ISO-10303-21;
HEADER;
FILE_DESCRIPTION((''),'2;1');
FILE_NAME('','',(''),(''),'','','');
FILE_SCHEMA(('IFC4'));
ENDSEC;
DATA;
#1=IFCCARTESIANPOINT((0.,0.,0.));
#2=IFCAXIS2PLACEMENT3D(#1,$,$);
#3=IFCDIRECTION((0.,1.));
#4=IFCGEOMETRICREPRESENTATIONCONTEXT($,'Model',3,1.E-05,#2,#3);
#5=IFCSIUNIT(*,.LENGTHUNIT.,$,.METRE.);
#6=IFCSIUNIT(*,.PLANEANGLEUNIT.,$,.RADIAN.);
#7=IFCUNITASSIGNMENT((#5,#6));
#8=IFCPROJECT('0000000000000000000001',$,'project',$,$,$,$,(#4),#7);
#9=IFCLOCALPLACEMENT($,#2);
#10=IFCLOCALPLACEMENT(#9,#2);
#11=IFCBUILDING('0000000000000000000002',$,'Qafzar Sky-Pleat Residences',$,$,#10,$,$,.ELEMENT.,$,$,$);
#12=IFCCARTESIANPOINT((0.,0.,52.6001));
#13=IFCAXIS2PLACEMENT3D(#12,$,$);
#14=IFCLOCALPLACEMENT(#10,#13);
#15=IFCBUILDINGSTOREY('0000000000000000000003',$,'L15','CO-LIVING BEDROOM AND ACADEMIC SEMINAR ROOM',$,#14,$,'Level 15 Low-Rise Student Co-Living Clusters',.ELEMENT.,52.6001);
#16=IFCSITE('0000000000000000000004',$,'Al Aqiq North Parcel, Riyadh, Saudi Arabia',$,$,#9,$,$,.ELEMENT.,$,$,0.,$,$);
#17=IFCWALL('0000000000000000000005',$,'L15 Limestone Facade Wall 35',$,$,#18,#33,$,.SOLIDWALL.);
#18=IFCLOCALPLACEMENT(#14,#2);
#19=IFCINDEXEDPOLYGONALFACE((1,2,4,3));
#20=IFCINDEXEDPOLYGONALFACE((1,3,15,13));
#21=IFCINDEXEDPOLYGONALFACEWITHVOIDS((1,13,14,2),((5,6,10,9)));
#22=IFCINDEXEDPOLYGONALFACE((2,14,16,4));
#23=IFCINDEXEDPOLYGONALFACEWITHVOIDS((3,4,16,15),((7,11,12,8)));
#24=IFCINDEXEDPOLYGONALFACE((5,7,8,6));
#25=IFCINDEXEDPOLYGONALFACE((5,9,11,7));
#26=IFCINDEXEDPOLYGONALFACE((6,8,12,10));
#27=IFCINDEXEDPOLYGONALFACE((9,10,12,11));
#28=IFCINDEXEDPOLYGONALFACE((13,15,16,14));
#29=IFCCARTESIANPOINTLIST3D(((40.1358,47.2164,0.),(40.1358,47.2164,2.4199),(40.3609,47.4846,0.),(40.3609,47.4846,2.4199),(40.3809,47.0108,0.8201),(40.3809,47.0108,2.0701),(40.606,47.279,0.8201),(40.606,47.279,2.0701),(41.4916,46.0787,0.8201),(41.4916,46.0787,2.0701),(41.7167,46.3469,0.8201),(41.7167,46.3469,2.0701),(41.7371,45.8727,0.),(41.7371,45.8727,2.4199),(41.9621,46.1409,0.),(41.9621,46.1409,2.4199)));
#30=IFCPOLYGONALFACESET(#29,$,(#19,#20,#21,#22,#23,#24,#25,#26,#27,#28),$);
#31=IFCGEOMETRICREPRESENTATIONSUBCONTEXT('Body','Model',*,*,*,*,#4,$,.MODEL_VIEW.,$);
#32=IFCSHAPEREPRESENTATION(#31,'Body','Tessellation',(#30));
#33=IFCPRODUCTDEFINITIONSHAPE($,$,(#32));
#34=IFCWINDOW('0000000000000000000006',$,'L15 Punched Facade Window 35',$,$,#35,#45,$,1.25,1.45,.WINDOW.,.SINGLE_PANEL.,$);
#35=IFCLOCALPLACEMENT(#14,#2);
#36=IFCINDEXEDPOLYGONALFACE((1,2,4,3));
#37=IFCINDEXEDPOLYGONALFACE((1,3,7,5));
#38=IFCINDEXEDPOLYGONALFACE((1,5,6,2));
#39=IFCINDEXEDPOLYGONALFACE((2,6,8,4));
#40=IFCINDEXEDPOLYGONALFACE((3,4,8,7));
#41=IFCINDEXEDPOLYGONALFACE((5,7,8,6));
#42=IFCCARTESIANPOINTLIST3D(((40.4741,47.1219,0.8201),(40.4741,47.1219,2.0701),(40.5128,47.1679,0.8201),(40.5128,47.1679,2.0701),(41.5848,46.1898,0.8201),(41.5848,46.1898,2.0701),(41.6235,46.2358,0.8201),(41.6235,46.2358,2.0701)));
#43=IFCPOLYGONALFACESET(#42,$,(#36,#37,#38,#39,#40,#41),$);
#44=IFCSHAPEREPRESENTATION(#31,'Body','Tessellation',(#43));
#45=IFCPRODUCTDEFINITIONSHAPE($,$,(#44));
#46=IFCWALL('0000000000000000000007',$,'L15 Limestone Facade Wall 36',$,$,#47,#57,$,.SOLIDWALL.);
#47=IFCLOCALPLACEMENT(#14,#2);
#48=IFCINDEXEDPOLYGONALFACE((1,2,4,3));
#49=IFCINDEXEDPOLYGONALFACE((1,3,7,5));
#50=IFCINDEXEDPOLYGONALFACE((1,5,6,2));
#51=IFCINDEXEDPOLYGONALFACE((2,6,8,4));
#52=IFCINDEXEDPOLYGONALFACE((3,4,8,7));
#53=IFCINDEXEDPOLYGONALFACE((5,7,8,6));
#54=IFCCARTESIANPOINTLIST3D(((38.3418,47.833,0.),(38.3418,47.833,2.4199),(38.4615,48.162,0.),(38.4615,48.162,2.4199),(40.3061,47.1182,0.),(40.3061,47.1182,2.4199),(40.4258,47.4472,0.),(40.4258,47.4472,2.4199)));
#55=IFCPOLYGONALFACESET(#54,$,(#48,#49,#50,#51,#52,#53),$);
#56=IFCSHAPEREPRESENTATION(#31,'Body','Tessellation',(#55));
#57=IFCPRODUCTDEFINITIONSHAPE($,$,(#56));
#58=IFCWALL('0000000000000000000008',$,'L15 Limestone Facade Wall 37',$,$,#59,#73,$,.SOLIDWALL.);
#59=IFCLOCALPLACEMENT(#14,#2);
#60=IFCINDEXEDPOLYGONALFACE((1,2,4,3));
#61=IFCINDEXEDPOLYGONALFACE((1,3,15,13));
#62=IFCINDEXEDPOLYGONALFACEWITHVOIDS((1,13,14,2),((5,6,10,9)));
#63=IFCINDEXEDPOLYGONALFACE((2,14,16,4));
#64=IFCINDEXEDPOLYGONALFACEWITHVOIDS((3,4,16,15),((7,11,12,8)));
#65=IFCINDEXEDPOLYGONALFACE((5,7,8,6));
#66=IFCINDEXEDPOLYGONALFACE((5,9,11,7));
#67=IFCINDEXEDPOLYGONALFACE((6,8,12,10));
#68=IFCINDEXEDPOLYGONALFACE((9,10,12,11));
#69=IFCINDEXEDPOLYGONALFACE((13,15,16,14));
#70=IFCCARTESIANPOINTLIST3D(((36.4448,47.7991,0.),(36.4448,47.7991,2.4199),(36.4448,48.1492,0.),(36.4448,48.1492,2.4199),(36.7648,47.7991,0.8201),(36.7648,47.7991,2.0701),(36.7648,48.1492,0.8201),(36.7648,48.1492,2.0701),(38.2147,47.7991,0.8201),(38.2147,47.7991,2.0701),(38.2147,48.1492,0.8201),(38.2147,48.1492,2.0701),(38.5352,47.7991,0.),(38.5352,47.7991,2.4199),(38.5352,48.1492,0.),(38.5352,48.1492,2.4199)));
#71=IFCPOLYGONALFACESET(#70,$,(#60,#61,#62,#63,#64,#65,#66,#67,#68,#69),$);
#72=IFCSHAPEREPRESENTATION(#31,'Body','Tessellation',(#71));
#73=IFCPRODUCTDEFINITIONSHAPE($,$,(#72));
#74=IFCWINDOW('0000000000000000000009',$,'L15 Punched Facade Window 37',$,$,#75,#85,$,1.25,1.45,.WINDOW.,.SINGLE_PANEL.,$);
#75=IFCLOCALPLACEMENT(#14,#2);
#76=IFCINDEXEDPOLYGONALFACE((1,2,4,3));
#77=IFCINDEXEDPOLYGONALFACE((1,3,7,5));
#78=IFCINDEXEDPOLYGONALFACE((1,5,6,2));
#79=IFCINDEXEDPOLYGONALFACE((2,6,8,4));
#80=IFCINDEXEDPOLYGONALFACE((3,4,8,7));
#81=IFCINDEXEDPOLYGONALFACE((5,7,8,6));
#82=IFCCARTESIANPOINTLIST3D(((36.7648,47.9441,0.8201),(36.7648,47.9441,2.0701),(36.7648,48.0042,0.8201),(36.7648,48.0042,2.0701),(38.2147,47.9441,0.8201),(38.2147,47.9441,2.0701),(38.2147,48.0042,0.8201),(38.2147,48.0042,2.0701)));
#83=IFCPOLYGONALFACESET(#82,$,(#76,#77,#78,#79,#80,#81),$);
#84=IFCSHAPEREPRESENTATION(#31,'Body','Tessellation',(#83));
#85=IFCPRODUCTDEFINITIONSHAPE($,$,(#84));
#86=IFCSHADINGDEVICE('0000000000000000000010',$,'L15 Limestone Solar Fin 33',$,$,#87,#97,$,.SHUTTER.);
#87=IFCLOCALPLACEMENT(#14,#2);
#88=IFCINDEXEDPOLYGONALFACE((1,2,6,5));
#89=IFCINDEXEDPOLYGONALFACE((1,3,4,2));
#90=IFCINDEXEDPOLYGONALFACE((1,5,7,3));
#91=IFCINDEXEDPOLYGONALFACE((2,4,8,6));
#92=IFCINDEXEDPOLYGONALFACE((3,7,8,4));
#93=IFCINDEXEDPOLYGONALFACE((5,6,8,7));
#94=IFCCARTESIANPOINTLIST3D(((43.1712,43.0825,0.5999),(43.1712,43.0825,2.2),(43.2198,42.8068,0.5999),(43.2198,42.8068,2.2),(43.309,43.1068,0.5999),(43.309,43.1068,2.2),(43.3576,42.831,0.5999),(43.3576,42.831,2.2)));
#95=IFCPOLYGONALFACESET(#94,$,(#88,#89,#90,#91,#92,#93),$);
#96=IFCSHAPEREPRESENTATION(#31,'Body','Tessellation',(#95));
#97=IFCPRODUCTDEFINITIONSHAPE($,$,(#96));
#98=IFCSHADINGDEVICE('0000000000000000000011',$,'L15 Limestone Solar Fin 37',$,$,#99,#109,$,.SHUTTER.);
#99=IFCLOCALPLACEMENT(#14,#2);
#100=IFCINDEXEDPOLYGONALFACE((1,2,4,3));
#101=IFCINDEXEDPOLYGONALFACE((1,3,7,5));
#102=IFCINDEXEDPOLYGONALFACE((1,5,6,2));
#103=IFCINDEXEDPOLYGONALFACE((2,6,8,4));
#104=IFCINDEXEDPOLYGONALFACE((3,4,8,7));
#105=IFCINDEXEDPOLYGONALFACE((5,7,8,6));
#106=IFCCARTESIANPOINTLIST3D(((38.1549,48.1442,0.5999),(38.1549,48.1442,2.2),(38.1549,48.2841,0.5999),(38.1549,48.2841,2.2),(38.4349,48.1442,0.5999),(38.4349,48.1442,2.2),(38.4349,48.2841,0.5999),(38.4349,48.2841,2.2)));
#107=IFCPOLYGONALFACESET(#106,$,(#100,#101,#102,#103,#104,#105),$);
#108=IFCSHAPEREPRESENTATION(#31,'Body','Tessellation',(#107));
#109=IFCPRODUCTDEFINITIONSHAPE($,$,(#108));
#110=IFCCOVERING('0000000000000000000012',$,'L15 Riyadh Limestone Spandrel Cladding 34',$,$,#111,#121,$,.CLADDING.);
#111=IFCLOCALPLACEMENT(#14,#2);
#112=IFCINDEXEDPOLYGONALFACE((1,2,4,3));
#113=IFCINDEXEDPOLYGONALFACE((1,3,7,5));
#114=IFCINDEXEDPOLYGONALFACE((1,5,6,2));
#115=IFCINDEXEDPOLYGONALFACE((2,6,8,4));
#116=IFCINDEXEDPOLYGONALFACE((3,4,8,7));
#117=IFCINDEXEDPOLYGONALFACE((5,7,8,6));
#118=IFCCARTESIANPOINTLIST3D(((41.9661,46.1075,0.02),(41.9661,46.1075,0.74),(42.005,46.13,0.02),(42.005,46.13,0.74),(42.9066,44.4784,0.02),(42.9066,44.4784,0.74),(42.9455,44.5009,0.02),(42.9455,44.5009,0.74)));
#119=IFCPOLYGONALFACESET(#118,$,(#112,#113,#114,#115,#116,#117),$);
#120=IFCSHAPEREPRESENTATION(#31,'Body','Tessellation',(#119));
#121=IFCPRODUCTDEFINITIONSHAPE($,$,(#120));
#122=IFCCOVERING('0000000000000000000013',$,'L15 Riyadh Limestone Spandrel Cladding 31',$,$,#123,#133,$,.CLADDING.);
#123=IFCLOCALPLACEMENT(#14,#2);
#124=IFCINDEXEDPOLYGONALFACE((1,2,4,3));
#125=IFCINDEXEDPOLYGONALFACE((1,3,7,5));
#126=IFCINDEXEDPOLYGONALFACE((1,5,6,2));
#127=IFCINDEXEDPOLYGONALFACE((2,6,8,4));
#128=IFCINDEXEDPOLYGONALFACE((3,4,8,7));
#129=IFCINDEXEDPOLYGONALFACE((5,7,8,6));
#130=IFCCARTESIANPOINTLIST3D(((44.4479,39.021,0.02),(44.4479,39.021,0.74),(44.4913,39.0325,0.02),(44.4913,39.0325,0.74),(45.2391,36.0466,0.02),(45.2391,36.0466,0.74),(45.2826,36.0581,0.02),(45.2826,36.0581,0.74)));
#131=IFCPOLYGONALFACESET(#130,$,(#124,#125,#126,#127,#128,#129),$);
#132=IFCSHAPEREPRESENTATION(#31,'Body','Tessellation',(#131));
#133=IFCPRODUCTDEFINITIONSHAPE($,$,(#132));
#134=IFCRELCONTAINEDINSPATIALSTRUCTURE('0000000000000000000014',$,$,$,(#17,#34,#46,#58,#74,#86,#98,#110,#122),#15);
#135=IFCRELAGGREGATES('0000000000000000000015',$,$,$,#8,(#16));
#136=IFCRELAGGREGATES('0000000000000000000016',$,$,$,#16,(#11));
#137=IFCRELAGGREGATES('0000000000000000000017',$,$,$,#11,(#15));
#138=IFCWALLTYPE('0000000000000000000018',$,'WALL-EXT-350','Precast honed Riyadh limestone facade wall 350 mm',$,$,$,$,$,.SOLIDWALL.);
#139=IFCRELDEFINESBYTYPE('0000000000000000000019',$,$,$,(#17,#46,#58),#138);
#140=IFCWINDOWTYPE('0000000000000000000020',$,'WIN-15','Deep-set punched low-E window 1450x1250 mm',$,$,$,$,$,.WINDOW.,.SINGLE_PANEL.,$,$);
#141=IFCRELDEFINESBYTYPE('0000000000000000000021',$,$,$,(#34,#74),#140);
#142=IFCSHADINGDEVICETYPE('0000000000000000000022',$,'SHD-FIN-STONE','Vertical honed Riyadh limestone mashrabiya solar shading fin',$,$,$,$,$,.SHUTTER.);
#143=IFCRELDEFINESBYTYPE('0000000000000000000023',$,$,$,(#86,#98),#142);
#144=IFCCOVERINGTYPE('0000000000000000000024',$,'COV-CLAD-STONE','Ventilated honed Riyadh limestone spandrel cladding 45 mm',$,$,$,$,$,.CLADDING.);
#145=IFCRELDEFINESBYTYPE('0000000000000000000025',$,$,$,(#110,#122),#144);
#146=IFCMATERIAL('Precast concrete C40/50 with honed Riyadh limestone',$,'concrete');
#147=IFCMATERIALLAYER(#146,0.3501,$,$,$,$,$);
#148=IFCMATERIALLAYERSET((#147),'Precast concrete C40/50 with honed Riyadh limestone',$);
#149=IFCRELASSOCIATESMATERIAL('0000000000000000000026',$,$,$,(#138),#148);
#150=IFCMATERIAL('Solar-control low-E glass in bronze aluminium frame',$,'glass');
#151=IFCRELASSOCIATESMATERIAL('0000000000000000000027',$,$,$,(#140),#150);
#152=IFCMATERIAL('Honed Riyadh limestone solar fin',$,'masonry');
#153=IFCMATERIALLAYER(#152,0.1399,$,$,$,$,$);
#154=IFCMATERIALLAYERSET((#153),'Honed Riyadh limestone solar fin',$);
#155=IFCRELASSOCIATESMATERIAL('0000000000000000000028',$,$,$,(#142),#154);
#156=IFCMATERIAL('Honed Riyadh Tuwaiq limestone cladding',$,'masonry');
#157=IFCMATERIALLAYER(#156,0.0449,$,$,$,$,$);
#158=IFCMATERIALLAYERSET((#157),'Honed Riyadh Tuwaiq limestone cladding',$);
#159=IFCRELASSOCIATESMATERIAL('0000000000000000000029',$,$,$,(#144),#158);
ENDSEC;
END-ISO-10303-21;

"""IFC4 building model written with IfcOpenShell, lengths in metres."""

from ifc_helpers import new_model, si_unit, direction, frame, frame_2d, origin, origin_2d, place, context, subcontext, project, spatial, rectangle, extrude, source, transform, mapped, material, layer, layer_set, type_object, element, fill, save


model = new_model("IFC4")

# Units and contexts
model_context = context("Model", 3, precision=1e-05, world=origin(), true_north=direction((0.0, 1.0)))
body_context = subcontext(model_context, "Body", "Model", "MODEL_VIEW")
ifc_project = project(units=[si_unit("LENGTHUNIT", "METRE"), si_unit("PLANEANGLEUNIT", "RADIAN")], contexts=[model_context])

# Site, building, storey
site_placement = place(None, origin())
site = spatial("IfcSite", under=ifc_project, at=site_placement, Name="Al Aqiq North Parcel, Riyadh, Saudi Arabia", CompositionType="ELEMENT", RefElevation=0.0)
building_placement = place(site_placement, origin())
building = spatial("IfcBuilding", under=site, at=building_placement, Name="Qafzar Sky-Pleat Residences", CompositionType="ELEMENT")
storey_placement = place(building_placement, frame((0.0, 0.0, 52.6001)))
storey = spatial("IfcBuildingStorey", under=building, at=storey_placement, Name="L15", Description="CO-LIVING BEDROOM AND ACADEMIC SEMINAR ROOM", LongName="Level 15 Low-Rise Student Co-Living Clusters", CompositionType="ELEMENT", Elevation=52.6001)

# Wall, opening, window
ifc_material_1 = material(Name="Precast concrete C40/50 with honed Riyadh limestone", Category="concrete")
ifc_layer_1 = layer(ifc_material_1, 0.3501)
ifc_layer_set_1 = layer_set([ifc_layer_1], Name="Precast concrete C40/50 with honed Riyadh limestone")
wall_type_1 = type_object("IfcWallType", Name="WALL-EXT-350", Description="Precast honed Riyadh limestone facade wall 350 mm", PredefinedType="SOLIDWALL", material=ifc_layer_set_1)
ifc_material_2 = material(Name="Solar-control low-E glass in bronze aluminium frame", Category="glass")
wall_1_placement = place(storey_placement, frame((41.8496, 46.0068, 0.0), z_axis=(0.0, 0.0, 1.0), x_axis=(-0.766025, 0.642811, 0.0)))
wall_1 = element("IfcWall", 1, at=wall_1_placement, inside=storey, type_object=wall_type_1, Name="L15 Limestone Facade Wall 35", PredefinedType="SOLIDWALL", context=body_context, shape_type="SweptSolid", body=[
    extrude(rectangle(XDim=2.0903, YDim=0.3501, at=frame_2d((1.0452, 0.0))), origin(), (0.0, 0.0, 1.0), 2.4199),
])
opening_1_placement = place(wall_1_placement, frame((0.3203, 0.0, 0.8201)))
opening_1 = element("IfcOpeningElement", 2, at=opening_1_placement, cuts=wall_1, PredefinedType="OPENING", context=body_context, shape_type="SweptSolid", body=[
    extrude(rectangle(XDim=1.45, YDim=1.25, at=frame_2d((0.7251, 0.625))), frame((0.0, 0.1851, 0.0), z_axis=(0.0, -1.0, 0.0), x_axis=(1.0, 0.0, 0.0)), (0.0, 0.0, 1.0), 0.3701),
])
window_type_1 = type_object("IfcWindowType", Name="WIN-15", Description="Deep-set punched low-E window 1450x1250 mm", PartitioningType="SINGLE_PANEL", PredefinedType="WINDOW", material=ifc_material_2)
shared_shape_1 = source(origin(), body_context, "Body", "SweptSolid", [
    extrude(rectangle(XDim=1.45, YDim=1.25, at=frame_2d((0.7251, 0.625))), frame((0.0, 0.03, 0.0), z_axis=(0.0, -1.0, 0.0), x_axis=(1.0, 0.0, 0.0)), (0.0, 0.0, 1.0), 0.0601),
])
window_1_placement = place(opening_1_placement, origin())
window_1 = element("IfcWindow", 3, at=window_1_placement, inside=storey, type_object=window_type_1, Name="L15 Punched Facade Window 35", OverallHeight=1.25, OverallWidth=1.45, PartitioningType="SINGLE_PANEL", PredefinedType="WINDOW", context=body_context, shape_type="MappedRepresentation", body=[
    mapped(shared_shape_1, transform((0.0, 0.0, 0.0), x_axis=(1.0, 0.0, 0.0), y_axis=(0.0, 1.0, 0.0), z_axis=(0.0, 0.0, 1.0), scale=1.0)),
])
fill(opening_1, window_1)

# Wall
wall_2_placement = place(storey_placement, frame((40.366, 47.2827, 0.0), z_axis=(0.0, 0.0, 1.0), x_axis=(-0.939712, 0.341968, 0.0)))
element("IfcWall", 4, at=wall_2_placement, inside=storey, type_object=wall_type_1, Name="L15 Limestone Facade Wall 36", PredefinedType="SOLIDWALL", context=body_context, shape_type="SweptSolid", body=[
    extrude(rectangle(XDim=2.0903, YDim=0.3501, at=frame_2d((1.0452, 0.0))), origin(), (0.0, 0.0, 1.0), 2.4199),
])

# Wall, opening, window
wall_3_placement = place(storey_placement, frame((38.5352, 47.9741, 0.0), z_axis=(0.0, 0.0, 1.0), x_axis=(-1.0, 0.0, 0.0)))
wall_3 = element("IfcWall", 5, at=wall_3_placement, inside=storey, type_object=wall_type_1, Name="L15 Limestone Facade Wall 37", PredefinedType="SOLIDWALL", context=body_context, shape_type="SweptSolid", body=[
    extrude(rectangle(XDim=2.0903, YDim=0.3501, at=frame_2d((1.0452, 0.0))), origin(), (0.0, 0.0, 1.0), 2.4199),
])
opening_2_placement = place(wall_3_placement, frame((0.3203, 0.0, 0.8201)))
opening_2 = element("IfcOpeningElement", 6, at=opening_2_placement, cuts=wall_3, PredefinedType="OPENING", context=body_context, shape_type="SweptSolid", body=[
    extrude(rectangle(XDim=1.45, YDim=1.25, at=frame_2d((0.7251, 0.625))), frame((0.0, 0.1851, 0.0), z_axis=(0.0, -1.0, 0.0), x_axis=(1.0, 0.0, 0.0)), (0.0, 0.0, 1.0), 0.3701),
])
window_2_placement = place(opening_2_placement, origin())
window_2 = element("IfcWindow", 7, at=window_2_placement, inside=storey, type_object=window_type_1, Name="L15 Punched Facade Window 37", OverallHeight=1.25, OverallWidth=1.45, PartitioningType="SINGLE_PANEL", PredefinedType="WINDOW", context=body_context, shape_type="MappedRepresentation", body=[
    mapped(shared_shape_1, transform((0.0, 0.0, 0.0), x_axis=(1.0, 0.0, 0.0), y_axis=(0.0, 1.0, 0.0), z_axis=(0.0, 0.0, 1.0), scale=1.0)),
])
fill(opening_2, window_2)

# Shading devices
ifc_material_3 = material(Name="Honed Riyadh limestone solar fin", Category="masonry")
ifc_layer_2 = layer(ifc_material_3, 0.1399)
ifc_layer_set_2 = layer_set([ifc_layer_2], Name="Honed Riyadh limestone solar fin")
shading_device_type = type_object("IfcShadingDeviceType", Name="SHD-FIN-STONE", Description="Vertical honed Riyadh limestone mashrabiya solar shading fin", PredefinedType="SHUTTER", material=ifc_layer_set_2)
shared_shape_2 = source(origin(), body_context, "Body", "SweptSolid", [
    extrude(rectangle(XDim=0.1399, YDim=0.28, at=origin_2d()), origin(), (0.0, 0.0, 1.0), 1.6001),
])
for number, where, z_axis, x_axis, name in (
    (8, (43.2644, 42.9568, 0.5999), (0.0, 0.0, 1.0), (0.984806, 0.173658, 0.0), "L15 Limestone Solar Fin 33"),
    (9, (38.2949, 48.2141, 0.5999), (0.0, 0.0, 1.0), (0.0, 1.0, 0.0), "L15 Limestone Solar Fin 37"),
):
    element("IfcShadingDevice", number, at=place(storey_placement, frame(where, z_axis=z_axis, x_axis=x_axis)), inside=storey, type_object=shading_device_type, Name=name, PredefinedType="SHUTTER", context=body_context, shape_type="MappedRepresentation", body=[
        mapped(shared_shape_2, transform((0.0, 0.0, 0.0), x_axis=(1.0, 0.0, 0.0), y_axis=(0.0, 1.0, 0.0), z_axis=(0.0, 0.0, 1.0), scale=1.0)),
    ])

# Coverings
ifc_material_4 = material(Name="Honed Riyadh Tuwaiq limestone cladding", Category="masonry")
ifc_layer_3 = layer(ifc_material_4, 0.0449)
ifc_layer_set_3 = layer_set([ifc_layer_3], Name="Honed Riyadh Tuwaiq limestone cladding")
covering_type = type_object("IfcCoveringType", Name="COV-CLAD-STONE", Description="Ventilated honed Riyadh limestone spandrel cladding 45 mm", PredefinedType="CLADDING", material=ifc_layer_set_3)
shared_shape_3 = source(origin(), body_context, "Body", "SweptSolid", [
    extrude(rectangle(XDim=1.8811, YDim=0.0449, at=origin_2d()), origin(), (0.0, 0.0, 1.0), 0.72),
])
covering_1_placement = place(storey_placement, frame((42.4558, 45.3042, 0.02), z_axis=(0.0, 0.0, 1.0), x_axis=(-0.499993, 0.866029, 0.0)))
element("IfcCovering", 10, at=covering_1_placement, inside=storey, type_object=covering_type, Name="L15 Riyadh Limestone Spandrel Cladding 34", PredefinedType="CLADDING", context=body_context, shape_type="MappedRepresentation", body=[
    mapped(shared_shape_3, transform((0.0, 0.0, 0.0), x_axis=(1.0, 0.0, 0.0), y_axis=(0.0, 1.0, 0.0), z_axis=(0.0, 0.0, 1.0), scale=1.0)),
])
shared_shape_4 = source(origin(), body_context, "Body", "SweptSolid", [
    extrude(rectangle(XDim=3.0779, YDim=0.0449, at=origin_2d()), origin(), (0.0, 0.0, 1.0), 0.72),
])
covering_2_placement = place(storey_placement, frame((44.8652, 37.5396, 0.02), z_axis=(0.0, 0.0, 1.0), x_axis=(-0.257067, 0.966393, 0.0)))
element("IfcCovering", 11, at=covering_2_placement, inside=storey, type_object=covering_type, Name="L15 Riyadh Limestone Spandrel Cladding 31", PredefinedType="CLADDING", context=body_context, shape_type="MappedRepresentation", body=[
    mapped(shared_shape_4, transform((0.0, 0.0, 0.0), x_axis=(1.0, 0.0, 0.0), y_axis=(0.0, 1.0, 0.0), z_axis=(0.0, 0.0, 1.0), scale=1.0)),
])

save(model, "model.ifc")
